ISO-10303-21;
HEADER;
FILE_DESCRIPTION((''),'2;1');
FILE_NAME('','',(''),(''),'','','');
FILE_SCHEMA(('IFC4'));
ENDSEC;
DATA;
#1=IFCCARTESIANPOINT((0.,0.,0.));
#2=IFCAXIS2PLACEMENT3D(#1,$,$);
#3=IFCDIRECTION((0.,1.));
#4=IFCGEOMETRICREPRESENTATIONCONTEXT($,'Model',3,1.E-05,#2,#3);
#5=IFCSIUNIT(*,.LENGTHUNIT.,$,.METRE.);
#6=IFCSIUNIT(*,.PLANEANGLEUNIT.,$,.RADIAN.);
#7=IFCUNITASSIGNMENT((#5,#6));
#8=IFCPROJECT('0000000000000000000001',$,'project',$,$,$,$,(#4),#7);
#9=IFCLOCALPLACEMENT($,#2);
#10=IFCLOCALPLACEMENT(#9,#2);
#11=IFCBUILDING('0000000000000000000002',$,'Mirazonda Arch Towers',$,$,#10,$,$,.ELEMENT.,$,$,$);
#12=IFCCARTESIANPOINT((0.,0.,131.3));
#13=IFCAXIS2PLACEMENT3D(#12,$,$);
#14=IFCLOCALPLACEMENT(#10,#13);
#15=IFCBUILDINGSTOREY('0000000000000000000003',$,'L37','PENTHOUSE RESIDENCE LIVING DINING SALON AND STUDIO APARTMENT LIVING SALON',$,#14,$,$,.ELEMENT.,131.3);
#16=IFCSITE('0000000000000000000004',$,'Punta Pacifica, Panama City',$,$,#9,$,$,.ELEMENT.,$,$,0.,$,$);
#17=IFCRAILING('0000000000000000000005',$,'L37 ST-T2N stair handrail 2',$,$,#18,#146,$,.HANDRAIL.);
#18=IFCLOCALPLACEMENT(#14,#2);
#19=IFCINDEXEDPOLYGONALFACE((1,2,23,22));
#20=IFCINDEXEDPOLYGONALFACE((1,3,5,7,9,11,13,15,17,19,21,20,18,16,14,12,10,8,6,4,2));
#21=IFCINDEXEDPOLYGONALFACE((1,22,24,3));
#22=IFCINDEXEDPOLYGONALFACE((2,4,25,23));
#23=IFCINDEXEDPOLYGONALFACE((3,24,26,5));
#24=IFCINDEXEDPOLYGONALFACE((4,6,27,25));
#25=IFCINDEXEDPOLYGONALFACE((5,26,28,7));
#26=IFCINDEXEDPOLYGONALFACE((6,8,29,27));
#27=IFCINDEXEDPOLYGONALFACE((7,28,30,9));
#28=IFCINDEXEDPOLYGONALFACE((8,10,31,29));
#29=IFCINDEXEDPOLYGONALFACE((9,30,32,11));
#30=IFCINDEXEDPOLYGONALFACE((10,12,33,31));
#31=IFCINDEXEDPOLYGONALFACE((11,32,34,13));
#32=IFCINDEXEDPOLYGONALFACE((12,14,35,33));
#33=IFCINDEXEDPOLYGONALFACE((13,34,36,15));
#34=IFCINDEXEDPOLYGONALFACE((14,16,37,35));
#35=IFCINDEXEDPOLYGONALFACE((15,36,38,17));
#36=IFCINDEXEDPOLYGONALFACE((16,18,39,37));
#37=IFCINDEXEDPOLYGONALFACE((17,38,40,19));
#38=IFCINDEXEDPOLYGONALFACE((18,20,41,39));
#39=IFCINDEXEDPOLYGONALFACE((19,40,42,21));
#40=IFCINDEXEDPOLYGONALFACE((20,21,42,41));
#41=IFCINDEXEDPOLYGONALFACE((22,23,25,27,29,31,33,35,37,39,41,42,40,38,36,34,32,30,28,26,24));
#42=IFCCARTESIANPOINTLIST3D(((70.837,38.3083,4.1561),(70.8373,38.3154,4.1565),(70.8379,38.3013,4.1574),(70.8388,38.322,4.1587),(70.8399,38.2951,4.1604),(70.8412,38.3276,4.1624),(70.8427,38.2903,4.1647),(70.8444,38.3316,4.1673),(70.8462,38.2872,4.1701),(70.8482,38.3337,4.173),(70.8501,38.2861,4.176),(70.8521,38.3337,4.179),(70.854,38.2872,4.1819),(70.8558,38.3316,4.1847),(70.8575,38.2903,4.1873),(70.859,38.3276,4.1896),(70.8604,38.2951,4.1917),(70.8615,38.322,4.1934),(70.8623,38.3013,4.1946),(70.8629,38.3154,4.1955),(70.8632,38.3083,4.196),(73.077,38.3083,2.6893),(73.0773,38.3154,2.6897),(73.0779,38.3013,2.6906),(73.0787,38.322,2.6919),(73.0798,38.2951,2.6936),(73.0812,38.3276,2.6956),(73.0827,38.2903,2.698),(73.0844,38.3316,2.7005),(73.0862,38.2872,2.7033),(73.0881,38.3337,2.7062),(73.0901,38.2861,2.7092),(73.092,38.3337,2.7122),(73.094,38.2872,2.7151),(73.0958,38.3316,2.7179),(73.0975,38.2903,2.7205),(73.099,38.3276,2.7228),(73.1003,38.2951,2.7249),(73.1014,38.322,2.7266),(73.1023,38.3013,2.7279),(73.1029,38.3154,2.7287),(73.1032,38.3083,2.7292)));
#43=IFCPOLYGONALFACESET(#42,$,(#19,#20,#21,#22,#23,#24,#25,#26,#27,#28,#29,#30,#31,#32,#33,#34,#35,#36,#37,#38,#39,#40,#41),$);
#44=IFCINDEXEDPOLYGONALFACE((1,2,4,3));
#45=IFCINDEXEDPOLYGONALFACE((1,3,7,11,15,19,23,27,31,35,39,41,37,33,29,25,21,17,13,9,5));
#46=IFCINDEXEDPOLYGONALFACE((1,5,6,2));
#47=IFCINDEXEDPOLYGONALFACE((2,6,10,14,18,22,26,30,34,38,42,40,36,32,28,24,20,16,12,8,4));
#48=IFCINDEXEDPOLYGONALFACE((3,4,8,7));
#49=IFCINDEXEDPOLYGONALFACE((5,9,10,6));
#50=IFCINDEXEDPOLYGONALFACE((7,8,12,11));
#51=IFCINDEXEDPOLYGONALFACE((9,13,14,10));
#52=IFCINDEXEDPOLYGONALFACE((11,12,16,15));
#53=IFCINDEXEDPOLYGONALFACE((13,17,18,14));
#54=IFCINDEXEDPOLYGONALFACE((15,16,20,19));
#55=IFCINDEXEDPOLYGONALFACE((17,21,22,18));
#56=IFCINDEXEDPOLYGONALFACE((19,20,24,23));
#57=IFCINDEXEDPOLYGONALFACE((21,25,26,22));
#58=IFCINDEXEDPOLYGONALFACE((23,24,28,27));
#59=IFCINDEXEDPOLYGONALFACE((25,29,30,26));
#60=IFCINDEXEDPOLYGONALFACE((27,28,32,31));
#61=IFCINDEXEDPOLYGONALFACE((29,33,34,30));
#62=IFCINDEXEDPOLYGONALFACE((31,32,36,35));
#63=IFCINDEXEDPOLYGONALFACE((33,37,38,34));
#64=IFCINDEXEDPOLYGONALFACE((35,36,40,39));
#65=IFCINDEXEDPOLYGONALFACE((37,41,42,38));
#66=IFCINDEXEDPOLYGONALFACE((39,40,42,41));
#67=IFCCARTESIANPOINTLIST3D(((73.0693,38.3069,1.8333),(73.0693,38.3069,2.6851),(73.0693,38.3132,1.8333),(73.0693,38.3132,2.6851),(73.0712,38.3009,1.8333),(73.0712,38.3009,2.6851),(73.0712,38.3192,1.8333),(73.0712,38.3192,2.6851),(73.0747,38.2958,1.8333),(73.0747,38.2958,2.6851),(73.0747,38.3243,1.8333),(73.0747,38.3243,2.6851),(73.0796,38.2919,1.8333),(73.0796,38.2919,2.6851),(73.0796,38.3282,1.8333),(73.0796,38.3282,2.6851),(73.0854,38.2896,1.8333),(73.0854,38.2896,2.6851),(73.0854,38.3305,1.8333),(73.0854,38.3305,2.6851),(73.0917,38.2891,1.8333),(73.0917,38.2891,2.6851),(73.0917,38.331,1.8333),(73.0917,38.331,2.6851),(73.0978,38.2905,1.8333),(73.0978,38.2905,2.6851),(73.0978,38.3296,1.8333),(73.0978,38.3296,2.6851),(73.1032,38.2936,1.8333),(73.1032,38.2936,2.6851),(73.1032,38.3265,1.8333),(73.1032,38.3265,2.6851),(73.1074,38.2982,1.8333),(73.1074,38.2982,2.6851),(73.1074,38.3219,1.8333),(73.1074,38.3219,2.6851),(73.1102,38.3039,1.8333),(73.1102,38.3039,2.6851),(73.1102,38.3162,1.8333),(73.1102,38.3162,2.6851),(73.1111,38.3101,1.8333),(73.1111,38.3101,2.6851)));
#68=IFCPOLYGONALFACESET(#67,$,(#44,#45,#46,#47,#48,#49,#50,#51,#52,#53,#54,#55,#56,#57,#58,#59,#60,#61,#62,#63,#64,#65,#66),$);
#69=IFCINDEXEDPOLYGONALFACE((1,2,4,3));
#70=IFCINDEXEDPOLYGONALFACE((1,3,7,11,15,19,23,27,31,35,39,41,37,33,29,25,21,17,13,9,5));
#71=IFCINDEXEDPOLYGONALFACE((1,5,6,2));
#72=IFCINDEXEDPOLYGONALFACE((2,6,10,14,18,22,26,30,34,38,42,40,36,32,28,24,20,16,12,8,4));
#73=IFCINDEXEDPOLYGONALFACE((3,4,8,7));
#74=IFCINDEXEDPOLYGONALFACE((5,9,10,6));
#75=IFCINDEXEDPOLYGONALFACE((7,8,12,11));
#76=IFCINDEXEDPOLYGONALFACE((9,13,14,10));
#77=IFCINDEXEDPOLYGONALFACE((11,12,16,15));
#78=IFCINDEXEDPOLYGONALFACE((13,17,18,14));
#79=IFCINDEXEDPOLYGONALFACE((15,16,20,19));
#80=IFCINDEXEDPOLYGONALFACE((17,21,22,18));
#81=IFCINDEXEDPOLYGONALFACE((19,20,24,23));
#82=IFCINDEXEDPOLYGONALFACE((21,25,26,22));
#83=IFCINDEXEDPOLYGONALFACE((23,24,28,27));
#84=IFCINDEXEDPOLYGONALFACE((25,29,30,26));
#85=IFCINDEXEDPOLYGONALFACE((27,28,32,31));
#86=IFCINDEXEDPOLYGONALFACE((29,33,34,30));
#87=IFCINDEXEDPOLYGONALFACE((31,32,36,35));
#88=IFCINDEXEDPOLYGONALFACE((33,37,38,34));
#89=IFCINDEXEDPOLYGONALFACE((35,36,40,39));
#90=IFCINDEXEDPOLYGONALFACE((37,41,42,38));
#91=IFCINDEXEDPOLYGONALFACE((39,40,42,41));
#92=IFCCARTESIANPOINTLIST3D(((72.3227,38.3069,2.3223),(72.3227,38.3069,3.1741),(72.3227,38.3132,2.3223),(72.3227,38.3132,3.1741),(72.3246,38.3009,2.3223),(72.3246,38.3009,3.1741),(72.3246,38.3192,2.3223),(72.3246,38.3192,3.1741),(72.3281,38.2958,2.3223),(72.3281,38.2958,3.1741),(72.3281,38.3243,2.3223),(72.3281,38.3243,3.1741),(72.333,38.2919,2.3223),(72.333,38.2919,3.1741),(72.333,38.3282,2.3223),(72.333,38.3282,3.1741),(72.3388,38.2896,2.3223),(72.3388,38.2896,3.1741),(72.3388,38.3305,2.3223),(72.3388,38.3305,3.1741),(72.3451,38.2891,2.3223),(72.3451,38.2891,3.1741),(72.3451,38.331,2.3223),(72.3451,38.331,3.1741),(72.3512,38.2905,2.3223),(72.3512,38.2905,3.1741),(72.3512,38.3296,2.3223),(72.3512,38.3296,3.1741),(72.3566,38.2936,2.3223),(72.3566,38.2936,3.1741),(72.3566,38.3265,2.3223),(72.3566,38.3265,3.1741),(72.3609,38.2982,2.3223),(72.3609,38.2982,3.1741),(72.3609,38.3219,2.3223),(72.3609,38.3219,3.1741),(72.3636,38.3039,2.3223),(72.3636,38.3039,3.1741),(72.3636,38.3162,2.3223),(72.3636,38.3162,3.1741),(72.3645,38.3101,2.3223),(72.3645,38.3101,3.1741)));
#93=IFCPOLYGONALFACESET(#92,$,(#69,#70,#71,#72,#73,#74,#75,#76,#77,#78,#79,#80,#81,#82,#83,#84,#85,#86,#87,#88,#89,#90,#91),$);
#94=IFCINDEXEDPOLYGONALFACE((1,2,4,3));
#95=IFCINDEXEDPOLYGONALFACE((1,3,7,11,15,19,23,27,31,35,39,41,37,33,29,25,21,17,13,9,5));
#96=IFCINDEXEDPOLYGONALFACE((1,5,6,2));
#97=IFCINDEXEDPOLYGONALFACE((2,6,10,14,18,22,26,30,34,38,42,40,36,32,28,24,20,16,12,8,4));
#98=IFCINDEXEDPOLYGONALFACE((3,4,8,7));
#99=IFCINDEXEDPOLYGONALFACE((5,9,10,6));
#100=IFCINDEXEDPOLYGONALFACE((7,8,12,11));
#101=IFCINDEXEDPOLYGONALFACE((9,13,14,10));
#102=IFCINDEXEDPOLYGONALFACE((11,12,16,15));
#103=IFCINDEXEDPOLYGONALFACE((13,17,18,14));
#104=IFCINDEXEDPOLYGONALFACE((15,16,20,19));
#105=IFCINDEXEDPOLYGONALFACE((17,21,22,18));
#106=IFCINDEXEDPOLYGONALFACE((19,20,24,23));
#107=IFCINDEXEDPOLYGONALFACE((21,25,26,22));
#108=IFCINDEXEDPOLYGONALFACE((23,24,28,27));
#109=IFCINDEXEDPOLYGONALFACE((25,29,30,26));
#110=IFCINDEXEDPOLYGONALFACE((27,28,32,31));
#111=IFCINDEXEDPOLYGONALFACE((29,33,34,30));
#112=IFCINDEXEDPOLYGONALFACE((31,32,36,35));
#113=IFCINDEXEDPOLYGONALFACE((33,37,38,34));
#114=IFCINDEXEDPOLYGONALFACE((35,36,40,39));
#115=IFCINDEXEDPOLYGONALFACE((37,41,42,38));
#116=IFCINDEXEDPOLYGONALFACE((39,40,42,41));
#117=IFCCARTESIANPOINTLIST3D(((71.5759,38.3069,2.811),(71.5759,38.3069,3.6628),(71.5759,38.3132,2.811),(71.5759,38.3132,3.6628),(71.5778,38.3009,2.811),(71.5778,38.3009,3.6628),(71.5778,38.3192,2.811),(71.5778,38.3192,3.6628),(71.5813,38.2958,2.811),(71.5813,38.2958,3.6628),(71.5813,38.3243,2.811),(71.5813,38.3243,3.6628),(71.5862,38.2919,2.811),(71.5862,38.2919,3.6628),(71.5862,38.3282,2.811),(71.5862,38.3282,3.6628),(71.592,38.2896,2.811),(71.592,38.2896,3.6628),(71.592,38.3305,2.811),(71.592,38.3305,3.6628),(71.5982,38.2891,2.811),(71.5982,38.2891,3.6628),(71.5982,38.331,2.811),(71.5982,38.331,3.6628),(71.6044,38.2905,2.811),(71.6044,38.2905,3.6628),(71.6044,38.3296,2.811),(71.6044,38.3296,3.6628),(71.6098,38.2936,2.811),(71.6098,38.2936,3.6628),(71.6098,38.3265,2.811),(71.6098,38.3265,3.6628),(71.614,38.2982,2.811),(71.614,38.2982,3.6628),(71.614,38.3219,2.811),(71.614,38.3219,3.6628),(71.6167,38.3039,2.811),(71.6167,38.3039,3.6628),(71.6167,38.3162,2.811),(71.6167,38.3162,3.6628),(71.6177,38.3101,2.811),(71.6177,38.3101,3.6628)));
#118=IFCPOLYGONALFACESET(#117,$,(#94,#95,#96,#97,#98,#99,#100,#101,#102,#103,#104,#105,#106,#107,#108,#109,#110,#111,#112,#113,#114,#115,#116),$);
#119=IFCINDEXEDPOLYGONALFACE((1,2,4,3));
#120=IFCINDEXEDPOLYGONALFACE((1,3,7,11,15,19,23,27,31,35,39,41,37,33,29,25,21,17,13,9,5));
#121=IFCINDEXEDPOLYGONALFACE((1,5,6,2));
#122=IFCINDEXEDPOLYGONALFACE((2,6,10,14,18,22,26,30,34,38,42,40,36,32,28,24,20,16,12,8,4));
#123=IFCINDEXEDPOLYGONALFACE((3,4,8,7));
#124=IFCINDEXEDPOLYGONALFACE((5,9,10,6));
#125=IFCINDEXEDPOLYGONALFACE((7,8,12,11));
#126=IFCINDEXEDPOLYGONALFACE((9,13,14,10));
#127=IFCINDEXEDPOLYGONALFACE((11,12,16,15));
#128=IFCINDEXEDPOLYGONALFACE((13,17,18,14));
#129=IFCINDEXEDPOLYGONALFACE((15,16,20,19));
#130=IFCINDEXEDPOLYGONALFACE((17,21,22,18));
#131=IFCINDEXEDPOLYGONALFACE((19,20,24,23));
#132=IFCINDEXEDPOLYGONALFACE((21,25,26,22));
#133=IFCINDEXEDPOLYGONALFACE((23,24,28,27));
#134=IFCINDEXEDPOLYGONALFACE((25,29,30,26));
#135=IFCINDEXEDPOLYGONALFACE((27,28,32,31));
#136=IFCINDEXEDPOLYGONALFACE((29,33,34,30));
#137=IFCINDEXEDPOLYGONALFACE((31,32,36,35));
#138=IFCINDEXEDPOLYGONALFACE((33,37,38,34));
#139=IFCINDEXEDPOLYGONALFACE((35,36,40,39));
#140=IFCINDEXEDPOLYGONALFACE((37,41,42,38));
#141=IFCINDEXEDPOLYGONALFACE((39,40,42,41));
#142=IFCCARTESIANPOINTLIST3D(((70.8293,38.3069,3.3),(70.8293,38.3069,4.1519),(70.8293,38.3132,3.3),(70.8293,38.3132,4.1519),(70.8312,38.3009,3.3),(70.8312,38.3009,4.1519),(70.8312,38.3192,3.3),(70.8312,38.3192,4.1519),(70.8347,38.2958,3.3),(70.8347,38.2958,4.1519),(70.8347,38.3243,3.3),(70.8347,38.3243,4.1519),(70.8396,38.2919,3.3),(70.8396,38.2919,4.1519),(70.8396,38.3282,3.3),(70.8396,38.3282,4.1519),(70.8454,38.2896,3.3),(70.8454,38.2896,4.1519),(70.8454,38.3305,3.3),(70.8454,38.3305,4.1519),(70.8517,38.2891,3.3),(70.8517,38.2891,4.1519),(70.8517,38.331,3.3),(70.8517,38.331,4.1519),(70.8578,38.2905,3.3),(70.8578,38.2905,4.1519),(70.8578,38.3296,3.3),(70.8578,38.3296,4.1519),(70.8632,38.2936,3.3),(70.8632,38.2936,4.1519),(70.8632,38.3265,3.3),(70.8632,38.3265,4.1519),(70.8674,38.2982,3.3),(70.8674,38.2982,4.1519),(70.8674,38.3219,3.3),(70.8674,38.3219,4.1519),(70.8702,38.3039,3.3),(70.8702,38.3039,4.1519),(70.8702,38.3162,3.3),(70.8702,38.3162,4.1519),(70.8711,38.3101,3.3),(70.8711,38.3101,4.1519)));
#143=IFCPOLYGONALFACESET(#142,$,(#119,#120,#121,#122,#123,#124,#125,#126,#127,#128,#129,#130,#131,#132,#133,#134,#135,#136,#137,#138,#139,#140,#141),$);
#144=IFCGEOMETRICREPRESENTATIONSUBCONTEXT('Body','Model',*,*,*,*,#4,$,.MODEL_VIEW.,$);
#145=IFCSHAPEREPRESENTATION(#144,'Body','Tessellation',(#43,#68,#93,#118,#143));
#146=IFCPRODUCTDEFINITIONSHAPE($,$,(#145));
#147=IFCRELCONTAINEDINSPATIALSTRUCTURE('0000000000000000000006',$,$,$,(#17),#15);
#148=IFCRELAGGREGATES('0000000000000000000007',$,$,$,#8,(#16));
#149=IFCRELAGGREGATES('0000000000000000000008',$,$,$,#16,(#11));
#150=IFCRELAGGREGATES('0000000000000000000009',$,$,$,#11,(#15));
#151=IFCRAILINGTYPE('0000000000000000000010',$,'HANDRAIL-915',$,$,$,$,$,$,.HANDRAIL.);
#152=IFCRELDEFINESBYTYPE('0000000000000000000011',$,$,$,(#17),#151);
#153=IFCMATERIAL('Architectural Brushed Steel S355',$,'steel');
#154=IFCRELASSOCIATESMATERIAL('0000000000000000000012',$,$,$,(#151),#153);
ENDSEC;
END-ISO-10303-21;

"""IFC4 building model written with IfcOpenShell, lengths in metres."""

from ifc_helpers import new_model, si_unit, direction, frame, origin, origin_2d, place, context, subcontext, project, spatial, circle, extrude, material, type_object, element, save


model = new_model("IFC4")

# Units and contexts
model_context = context("Model", 3, precision=1e-05, world=origin(), true_north=direction((0.0, 1.0)))
body_context = subcontext(model_context, "Body", "Model", "MODEL_VIEW")
ifc_project = project(units=[si_unit("LENGTHUNIT", "METRE"), si_unit("PLANEANGLEUNIT", "RADIAN")], contexts=[model_context])

# Site, building, storey
site_placement = place(None, origin())
site = spatial("IfcSite", under=ifc_project, at=site_placement, Name="Punta Pacifica, Panama City", CompositionType="ELEMENT", RefElevation=0.0)
building_placement = place(site_placement, origin())
building = spatial("IfcBuilding", under=site, at=building_placement, Name="Mirazonda Arch Towers", CompositionType="ELEMENT")
storey_placement = place(building_placement, frame((0.0, 0.0, 131.3)))
storey = spatial("IfcBuildingStorey", under=building, at=storey_placement, Name="L37", Description="PENTHOUSE RESIDENCE LIVING DINING SALON AND STUDIO APARTMENT LIVING SALON", CompositionType="ELEMENT", Elevation=131.3)

# Shared definitions
ifc_material_1 = material(Name="Architectural Brushed Steel S355", Category="steel")

# Railing
railing_type_1 = type_object("IfcRailingType", Name="HANDRAIL-915", PredefinedType="HANDRAIL", material=ifc_material_1)
railing_1_placement = place(storey_placement, frame((73.0901, 38.3101, 1.8333)))
element("IfcRailing", 1, at=railing_1_placement, inside=storey, type_object=railing_type_1, Name="L37 ST-T2N stair handrail 2", PredefinedType="HANDRAIL", context=body_context, shape_type="SweptSolid", body=[
    extrude(circle(Radius=0.0239, at=origin_2d()), frame((0.0, 0.0, 0.876), z_axis=(-0.836595, 0.0, 0.547822), x_axis=(0.0, -1.0, 0.0)), (0.0, 0.0, 1.0), 2.6775),
    extrude(circle(Radius=0.021, at=origin_2d()), origin(), (0.0, 0.0, 1.0), 0.8518),
    extrude(circle(Radius=0.021, at=origin_2d()), frame((-0.7466, 0.0, 0.489)), (0.0, 0.0, 1.0), 0.8518),
    extrude(circle(Radius=0.021, at=origin_2d()), frame((-1.4934, 0.0, 0.9778)), (0.0, 0.0, 1.0), 0.8518),
    extrude(circle(Radius=0.021, at=origin_2d()), frame((-2.24, 0.0, 1.4668)), (0.0, 0.0, 1.0), 0.8518),
])

save(model, "model.ifc")
